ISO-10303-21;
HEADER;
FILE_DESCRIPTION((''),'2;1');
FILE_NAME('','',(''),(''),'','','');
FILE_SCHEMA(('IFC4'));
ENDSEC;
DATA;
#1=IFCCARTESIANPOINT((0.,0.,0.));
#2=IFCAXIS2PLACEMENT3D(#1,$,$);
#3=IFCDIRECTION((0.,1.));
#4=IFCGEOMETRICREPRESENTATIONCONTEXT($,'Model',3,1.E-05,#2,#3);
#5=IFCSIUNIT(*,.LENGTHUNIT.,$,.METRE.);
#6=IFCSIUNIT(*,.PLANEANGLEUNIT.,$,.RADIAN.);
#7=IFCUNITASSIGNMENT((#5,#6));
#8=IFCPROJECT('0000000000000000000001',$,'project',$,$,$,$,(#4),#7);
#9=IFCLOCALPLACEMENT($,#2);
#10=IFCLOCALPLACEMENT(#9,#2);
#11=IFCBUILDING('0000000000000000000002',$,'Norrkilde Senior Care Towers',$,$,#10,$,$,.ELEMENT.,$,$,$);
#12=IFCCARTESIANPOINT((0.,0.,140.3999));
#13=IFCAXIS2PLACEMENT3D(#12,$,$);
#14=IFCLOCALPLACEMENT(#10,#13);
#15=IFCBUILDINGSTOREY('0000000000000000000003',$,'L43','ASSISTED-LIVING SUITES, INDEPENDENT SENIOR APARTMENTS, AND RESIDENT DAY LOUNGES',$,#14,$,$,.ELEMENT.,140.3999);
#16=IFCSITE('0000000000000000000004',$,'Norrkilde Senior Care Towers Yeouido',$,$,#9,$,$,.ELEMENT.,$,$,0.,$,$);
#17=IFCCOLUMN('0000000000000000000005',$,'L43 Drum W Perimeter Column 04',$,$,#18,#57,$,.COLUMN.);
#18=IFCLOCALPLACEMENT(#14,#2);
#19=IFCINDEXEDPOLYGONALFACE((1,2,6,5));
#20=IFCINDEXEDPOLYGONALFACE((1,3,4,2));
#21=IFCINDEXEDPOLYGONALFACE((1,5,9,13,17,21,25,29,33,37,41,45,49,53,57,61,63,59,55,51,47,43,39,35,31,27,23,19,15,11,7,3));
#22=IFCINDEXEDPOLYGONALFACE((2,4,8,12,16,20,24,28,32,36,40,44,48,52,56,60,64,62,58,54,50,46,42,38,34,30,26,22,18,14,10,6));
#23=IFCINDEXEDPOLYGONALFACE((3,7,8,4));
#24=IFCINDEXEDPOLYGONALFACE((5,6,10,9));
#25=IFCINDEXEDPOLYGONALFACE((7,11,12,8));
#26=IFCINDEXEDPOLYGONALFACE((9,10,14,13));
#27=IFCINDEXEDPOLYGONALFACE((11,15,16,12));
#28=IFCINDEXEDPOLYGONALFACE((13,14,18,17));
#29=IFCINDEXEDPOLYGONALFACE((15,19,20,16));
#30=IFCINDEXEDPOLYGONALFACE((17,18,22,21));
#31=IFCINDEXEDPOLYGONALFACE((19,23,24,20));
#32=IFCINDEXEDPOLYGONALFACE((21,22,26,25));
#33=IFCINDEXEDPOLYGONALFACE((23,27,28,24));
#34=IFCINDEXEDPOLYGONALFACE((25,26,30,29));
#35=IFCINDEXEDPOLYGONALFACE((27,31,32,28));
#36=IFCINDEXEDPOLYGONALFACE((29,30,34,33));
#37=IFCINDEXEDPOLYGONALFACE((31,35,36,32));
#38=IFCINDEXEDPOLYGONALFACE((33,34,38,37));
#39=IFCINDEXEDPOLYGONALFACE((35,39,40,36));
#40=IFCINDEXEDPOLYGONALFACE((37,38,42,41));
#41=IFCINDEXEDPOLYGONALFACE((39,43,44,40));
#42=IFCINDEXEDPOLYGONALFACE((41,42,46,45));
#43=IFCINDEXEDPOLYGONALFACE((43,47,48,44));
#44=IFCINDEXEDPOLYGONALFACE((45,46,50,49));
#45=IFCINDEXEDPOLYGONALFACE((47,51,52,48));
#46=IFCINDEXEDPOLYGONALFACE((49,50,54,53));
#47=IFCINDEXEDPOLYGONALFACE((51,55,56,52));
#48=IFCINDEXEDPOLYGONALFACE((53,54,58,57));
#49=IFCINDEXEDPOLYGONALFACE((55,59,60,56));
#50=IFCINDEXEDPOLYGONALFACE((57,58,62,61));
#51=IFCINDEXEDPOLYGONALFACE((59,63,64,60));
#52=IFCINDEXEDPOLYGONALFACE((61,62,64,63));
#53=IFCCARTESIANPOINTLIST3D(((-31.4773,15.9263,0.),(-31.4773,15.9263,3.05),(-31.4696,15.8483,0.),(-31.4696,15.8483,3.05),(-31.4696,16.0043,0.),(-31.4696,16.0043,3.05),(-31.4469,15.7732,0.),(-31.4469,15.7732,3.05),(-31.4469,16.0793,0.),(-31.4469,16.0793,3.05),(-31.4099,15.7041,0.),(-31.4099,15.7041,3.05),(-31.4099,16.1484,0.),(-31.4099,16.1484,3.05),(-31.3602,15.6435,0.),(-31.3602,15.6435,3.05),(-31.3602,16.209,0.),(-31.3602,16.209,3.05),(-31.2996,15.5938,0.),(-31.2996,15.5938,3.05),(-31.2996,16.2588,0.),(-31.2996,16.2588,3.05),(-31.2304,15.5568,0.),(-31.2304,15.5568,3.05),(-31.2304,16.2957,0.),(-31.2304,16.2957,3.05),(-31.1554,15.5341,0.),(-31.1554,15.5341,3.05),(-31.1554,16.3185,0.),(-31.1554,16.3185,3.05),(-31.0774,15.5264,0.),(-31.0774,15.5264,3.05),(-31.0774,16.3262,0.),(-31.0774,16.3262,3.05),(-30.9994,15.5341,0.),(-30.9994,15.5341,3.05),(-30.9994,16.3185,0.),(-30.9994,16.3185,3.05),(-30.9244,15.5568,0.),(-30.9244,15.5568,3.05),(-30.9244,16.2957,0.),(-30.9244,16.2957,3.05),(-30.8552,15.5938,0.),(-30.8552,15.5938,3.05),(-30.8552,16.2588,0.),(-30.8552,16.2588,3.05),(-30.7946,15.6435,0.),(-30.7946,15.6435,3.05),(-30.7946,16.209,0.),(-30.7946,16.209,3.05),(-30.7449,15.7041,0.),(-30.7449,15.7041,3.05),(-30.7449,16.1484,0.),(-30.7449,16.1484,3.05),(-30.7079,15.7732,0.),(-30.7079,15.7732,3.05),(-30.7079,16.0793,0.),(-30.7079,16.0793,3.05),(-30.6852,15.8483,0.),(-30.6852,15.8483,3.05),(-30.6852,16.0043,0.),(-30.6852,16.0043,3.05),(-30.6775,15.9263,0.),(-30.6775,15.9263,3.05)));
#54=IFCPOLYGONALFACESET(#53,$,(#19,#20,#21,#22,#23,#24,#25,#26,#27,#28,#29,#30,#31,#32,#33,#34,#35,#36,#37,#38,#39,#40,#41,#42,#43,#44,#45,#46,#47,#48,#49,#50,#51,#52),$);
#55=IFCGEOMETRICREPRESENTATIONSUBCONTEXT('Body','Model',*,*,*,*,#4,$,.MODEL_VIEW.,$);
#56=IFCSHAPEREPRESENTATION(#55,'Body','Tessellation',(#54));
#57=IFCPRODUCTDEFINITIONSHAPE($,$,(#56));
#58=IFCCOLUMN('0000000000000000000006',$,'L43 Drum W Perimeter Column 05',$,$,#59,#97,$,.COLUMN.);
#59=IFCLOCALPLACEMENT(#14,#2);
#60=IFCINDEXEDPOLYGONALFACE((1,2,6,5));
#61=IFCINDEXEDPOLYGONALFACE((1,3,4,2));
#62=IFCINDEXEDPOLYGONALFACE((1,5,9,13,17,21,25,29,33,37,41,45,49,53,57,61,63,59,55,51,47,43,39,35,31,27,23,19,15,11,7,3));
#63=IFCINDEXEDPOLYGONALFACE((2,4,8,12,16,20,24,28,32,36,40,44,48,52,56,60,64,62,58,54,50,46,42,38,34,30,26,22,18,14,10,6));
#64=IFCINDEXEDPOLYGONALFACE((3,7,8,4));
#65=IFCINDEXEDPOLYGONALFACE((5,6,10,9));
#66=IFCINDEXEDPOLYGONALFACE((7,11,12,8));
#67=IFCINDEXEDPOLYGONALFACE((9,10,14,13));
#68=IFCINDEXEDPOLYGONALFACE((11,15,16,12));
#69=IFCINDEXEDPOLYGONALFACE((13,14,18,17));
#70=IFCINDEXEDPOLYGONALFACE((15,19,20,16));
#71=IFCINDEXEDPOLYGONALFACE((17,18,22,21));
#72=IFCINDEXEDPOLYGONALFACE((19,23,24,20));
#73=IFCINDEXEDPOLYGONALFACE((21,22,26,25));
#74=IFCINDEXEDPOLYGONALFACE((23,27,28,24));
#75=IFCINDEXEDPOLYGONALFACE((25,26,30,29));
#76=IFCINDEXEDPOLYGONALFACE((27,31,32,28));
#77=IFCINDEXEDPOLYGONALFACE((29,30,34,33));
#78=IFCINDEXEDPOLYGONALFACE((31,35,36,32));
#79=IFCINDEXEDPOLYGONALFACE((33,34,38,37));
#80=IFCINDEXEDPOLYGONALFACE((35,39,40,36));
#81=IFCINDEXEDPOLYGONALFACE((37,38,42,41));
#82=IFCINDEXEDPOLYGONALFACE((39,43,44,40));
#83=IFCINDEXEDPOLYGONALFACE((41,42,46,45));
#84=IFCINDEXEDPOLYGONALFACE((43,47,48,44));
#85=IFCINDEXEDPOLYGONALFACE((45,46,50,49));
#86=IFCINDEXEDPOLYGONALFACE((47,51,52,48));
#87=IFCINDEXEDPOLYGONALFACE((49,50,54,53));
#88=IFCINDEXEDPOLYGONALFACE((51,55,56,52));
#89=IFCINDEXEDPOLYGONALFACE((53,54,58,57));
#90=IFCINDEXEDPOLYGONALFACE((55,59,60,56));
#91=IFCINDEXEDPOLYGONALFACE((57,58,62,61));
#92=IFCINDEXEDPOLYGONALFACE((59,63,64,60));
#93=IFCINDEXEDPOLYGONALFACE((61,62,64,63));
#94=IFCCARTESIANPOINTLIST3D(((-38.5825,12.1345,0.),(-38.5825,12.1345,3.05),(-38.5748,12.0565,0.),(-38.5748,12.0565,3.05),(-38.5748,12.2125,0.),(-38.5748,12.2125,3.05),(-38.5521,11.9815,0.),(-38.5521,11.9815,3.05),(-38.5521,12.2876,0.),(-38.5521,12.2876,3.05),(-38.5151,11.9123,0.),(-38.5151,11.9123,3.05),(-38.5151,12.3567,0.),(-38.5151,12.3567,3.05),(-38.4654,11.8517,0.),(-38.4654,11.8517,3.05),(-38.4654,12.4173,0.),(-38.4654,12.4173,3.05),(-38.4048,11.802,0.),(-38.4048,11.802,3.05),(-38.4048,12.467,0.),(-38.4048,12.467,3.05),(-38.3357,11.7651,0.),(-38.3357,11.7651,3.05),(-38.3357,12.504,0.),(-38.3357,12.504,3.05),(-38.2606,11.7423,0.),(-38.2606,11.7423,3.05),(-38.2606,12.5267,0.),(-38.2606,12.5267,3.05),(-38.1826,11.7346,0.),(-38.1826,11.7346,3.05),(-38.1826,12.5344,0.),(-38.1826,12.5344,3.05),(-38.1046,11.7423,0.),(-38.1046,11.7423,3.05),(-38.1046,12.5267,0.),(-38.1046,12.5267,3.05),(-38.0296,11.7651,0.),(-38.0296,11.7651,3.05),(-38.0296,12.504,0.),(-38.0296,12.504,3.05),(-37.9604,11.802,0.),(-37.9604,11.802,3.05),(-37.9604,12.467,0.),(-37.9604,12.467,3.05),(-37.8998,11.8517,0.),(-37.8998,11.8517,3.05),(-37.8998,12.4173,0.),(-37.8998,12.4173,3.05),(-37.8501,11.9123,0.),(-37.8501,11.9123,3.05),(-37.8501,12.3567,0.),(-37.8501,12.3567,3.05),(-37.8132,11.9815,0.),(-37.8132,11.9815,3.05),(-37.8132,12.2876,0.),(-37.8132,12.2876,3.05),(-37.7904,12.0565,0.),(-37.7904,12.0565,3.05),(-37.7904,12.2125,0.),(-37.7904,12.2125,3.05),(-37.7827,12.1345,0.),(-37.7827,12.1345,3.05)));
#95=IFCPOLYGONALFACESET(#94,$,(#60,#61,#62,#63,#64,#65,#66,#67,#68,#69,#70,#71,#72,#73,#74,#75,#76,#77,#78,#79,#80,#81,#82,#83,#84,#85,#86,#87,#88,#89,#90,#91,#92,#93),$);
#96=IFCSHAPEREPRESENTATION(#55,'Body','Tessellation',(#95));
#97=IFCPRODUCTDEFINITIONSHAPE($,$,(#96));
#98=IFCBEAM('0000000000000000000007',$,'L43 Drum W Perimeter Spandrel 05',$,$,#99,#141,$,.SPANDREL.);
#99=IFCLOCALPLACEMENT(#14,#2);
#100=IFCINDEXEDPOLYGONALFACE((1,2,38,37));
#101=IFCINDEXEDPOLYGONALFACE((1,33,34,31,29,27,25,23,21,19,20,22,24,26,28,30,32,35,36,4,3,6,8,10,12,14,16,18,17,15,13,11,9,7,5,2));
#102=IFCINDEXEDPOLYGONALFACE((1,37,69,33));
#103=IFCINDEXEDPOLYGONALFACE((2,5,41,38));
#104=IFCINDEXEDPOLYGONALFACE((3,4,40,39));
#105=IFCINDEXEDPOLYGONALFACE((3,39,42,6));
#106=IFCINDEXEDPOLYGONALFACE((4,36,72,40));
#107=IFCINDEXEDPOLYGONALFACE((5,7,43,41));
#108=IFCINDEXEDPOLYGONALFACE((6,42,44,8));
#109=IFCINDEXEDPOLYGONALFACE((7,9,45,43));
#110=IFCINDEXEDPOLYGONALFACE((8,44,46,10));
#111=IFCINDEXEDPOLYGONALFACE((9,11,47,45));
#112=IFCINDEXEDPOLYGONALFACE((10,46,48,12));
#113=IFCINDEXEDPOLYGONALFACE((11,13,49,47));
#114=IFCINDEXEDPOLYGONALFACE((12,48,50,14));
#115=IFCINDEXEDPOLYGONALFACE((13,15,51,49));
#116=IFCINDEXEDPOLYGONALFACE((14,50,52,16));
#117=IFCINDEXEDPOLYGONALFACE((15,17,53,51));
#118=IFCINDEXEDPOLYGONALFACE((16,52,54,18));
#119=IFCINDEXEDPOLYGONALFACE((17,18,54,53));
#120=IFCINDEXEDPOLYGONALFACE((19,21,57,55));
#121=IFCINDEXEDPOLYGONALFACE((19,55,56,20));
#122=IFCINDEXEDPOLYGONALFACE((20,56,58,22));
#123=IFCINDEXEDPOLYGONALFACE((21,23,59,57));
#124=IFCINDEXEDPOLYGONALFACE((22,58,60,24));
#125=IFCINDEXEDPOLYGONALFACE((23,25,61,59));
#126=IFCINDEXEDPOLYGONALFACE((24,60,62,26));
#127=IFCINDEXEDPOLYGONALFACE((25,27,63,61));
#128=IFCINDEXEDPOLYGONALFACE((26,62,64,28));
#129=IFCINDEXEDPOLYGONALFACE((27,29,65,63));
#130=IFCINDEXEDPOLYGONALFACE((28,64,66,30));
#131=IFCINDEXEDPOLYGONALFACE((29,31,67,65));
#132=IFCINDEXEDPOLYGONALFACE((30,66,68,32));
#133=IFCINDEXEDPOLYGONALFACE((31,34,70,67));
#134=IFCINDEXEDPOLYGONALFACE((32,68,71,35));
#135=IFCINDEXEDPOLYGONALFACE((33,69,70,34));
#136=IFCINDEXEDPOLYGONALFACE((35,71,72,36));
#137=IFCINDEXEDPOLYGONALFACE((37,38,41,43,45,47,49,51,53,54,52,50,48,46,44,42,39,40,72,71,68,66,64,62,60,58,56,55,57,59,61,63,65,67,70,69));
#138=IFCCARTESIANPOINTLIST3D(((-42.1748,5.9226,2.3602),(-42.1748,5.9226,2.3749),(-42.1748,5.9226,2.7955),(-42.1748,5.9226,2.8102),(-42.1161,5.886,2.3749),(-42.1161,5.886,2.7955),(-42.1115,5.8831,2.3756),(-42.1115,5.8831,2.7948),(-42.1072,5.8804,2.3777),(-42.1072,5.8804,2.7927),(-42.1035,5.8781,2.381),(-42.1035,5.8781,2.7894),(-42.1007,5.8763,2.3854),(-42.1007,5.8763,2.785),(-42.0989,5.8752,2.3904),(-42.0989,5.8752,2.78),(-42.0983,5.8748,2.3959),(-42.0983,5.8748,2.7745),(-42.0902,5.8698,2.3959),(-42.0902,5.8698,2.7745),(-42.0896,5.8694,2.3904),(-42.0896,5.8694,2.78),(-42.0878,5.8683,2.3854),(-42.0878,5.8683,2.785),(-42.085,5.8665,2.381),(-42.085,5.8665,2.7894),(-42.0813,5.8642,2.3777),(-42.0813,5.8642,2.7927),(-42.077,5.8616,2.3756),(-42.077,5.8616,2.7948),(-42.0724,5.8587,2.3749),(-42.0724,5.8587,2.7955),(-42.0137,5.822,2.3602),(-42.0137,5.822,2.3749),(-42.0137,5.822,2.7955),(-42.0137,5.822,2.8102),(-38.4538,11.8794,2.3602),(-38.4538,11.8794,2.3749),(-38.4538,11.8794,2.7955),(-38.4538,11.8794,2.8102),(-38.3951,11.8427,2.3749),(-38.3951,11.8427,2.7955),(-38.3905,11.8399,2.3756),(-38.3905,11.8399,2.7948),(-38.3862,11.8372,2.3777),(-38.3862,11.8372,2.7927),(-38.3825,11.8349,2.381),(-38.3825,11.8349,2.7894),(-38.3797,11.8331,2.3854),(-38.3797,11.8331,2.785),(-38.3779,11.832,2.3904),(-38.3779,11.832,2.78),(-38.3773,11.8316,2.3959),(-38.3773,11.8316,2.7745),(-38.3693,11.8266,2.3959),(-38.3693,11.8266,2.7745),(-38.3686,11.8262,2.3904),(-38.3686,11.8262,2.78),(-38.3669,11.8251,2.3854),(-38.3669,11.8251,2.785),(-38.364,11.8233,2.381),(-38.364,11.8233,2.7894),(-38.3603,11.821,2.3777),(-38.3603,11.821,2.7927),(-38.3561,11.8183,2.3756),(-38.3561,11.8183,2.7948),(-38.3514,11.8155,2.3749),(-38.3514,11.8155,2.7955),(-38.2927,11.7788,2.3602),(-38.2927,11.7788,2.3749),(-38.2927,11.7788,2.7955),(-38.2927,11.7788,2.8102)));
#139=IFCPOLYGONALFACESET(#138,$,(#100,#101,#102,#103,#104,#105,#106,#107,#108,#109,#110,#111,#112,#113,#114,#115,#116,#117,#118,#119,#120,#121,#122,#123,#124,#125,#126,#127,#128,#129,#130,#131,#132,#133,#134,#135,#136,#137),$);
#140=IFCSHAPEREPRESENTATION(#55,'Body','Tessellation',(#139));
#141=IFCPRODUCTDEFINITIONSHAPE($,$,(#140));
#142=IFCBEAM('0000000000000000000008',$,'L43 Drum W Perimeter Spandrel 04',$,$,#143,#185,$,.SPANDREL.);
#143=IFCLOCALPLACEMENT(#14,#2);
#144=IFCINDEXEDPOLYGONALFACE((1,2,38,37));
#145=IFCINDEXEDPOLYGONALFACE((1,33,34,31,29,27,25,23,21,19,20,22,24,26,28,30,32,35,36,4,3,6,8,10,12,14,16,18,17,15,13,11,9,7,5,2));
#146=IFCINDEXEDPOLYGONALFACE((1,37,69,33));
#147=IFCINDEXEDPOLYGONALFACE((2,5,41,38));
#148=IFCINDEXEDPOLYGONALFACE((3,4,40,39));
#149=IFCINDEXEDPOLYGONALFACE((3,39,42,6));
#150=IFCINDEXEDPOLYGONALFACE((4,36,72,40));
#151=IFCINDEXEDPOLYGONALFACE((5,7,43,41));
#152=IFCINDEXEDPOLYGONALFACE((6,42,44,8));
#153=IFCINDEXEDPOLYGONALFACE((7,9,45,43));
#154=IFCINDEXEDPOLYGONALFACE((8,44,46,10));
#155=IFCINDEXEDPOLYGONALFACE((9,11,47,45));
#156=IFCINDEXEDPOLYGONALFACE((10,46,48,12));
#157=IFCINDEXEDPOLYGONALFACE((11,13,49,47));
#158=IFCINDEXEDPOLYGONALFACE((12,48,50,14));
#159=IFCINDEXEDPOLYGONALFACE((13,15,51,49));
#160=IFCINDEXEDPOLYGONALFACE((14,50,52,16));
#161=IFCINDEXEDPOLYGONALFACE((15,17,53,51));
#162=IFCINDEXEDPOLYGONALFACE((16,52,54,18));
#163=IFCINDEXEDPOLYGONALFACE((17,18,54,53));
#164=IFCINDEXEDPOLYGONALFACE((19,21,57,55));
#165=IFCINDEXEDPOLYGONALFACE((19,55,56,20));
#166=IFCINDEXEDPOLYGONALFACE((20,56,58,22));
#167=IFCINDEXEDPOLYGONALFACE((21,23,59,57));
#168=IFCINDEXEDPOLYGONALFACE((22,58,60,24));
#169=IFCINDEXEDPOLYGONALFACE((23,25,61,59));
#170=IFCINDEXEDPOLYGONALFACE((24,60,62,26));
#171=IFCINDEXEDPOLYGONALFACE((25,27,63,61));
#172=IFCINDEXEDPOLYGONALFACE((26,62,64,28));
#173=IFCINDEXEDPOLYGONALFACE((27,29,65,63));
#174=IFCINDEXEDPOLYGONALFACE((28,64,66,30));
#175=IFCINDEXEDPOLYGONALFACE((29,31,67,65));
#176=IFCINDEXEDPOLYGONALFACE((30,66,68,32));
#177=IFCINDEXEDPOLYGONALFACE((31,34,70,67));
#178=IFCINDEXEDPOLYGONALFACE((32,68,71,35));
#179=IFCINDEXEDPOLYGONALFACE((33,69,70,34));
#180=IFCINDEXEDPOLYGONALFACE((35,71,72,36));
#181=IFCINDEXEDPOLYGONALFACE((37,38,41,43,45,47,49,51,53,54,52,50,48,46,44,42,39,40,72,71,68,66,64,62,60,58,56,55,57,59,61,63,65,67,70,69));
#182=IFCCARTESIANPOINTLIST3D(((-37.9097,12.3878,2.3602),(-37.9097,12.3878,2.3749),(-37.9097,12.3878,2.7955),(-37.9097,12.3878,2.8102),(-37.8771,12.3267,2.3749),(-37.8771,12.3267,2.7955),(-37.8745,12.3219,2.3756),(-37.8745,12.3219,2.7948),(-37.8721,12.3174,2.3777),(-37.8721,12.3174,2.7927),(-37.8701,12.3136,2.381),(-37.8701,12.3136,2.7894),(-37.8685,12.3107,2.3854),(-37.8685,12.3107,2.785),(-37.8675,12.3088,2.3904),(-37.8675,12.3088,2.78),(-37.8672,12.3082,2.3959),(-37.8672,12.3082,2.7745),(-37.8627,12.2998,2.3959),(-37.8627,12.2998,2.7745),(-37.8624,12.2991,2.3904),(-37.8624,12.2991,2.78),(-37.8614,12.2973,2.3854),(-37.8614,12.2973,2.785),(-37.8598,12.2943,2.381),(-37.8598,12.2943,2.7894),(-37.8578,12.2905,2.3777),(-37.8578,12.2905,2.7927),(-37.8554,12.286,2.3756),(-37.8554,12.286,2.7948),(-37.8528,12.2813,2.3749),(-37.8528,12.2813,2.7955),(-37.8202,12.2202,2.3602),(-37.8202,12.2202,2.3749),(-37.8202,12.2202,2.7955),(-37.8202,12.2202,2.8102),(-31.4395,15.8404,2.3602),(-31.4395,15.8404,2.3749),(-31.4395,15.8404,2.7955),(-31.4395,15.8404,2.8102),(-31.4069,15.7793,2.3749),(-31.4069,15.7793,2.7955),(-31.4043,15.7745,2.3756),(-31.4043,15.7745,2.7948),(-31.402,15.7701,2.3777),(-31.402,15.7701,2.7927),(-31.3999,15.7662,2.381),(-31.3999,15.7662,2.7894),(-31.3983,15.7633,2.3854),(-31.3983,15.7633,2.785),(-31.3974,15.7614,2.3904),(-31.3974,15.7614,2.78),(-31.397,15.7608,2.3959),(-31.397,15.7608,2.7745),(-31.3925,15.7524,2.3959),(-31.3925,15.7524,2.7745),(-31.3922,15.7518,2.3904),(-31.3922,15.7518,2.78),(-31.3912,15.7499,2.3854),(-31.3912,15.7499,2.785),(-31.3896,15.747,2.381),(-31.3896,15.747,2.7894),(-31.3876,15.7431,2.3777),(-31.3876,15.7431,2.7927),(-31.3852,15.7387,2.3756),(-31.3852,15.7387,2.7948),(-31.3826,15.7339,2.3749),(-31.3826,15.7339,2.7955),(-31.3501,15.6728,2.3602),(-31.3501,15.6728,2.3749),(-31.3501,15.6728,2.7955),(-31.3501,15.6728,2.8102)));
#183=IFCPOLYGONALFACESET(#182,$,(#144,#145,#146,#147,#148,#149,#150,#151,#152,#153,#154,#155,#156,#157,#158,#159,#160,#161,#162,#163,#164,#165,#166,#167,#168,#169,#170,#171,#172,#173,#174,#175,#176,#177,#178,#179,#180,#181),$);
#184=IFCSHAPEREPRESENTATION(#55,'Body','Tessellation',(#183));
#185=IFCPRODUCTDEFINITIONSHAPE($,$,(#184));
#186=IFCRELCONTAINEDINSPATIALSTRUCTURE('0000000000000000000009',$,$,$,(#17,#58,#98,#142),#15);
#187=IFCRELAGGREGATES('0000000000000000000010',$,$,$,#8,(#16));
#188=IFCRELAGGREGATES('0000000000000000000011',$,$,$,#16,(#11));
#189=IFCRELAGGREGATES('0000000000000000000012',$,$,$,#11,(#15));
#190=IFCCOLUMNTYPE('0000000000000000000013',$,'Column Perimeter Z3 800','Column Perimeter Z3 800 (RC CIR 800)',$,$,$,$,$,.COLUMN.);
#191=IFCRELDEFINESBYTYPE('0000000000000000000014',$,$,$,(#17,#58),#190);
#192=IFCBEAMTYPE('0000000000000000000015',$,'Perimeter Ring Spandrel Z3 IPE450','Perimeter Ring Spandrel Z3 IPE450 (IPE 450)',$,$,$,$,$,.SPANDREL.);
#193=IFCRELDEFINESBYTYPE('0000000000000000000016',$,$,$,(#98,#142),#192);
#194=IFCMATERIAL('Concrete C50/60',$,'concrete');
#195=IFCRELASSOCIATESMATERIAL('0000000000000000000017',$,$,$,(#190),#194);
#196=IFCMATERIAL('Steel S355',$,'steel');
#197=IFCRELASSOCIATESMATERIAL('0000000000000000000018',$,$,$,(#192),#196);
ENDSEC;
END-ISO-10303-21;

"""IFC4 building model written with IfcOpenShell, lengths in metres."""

from ifc_helpers import new_model, si_unit, direction, frame, origin, origin_2d, place, context, subcontext, project, spatial, circle, i_section, extrude, source, transform, mapped, material, material_profile, profile_set, type_object, type_shapes, element, save


model = new_model("IFC4")

# Units and contexts
model_context = context("Model", 3, precision=1e-05, world=origin(), true_north=direction((0.0, 1.0)))
body_context = subcontext(model_context, "Body", "Model", "MODEL_VIEW")
ifc_project = project(units=[si_unit("LENGTHUNIT", "METRE"), si_unit("PLANEANGLEUNIT", "RADIAN")], contexts=[model_context])

# Site, building, storey
site_placement = place(None, origin())
site = spatial("IfcSite", under=ifc_project, at=site_placement, Name="Norrkilde Senior Care Towers Yeouido", CompositionType="ELEMENT", RefElevation=0.0)
building_placement = place(site_placement, origin())
building = spatial("IfcBuilding", under=site, at=building_placement, Name="Norrkilde Senior Care Towers", CompositionType="ELEMENT")
storey_placement = place(building_placement, frame((0.0, 0.0, 140.3999)))
storey = spatial("IfcBuildingStorey", under=building, at=storey_placement, Name="L43", Description="ASSISTED-LIVING SUITES, INDEPENDENT SENIOR APARTMENTS, AND RESIDENT DAY LOUNGES", CompositionType="ELEMENT", Elevation=140.3999)

# Columns
ifc_material_1 = material(Name="Concrete C50/60", Category="concrete")
ifc_material_profile_1 = material_profile(ifc_material_1, circle(Radius=0.3999, at=origin_2d()), Name="RC CIR 800")
ifc_profile_set_1 = profile_set([ifc_material_profile_1], Name="Concrete C50/60")
column_type = type_object("IfcColumnType", Name="Column Perimeter Z3 800", Description="Column Perimeter Z3 800 (RC CIR 800)", PredefinedType="COLUMN", material=ifc_profile_set_1)
shared_shape_1 = source(origin(), body_context, "Body", "SweptSolid", [
    extrude(circle(Radius=0.3999, at=origin_2d()), origin(), (0.0, 0.0, 1.0), 3.05),
])
type_shapes(column_type, [shared_shape_1])
for number, where, z_axis, x_axis, name in (
    (1, (-31.0774, 15.9263, 0.0), (0.0, 0.0, 1.0), (1.0, 0.0, 0.0), "L43 Drum W Perimeter Column 04"),
    (2, (-38.1826, 12.1345, 0.0), (0.0, 0.0, 1.0), (1.0, 0.0, 0.0), "L43 Drum W Perimeter Column 05"),
):
    element("IfcColumn", number, at=place(storey_placement, frame(where, z_axis=z_axis, x_axis=x_axis)), inside=storey, type_object=column_type, Name=name, PredefinedType="COLUMN", context=body_context, shape_type="MappedRepresentation", body=[
        mapped(shared_shape_1, transform((0.0, 0.0, 0.0), x_axis=(1.0, 0.0, 0.0), y_axis=(0.0, 1.0, 0.0), z_axis=(0.0, 0.0, 1.0), scale=1.0)),
    ])

# Beams
ifc_material_2 = material(Name="Steel S355", Category="steel")
ifc_material_profile_2 = material_profile(ifc_material_2, i_section(OverallWidth=0.1899, OverallDepth=0.45, WebThickness=0.0095, FlangeThickness=0.0146, FilletRadius=0.021, at=origin_2d()), Name="IPE 450")
ifc_profile_set_2 = profile_set([ifc_material_profile_2], Name="Steel S355")
beam_type_1 = type_object("IfcBeamType", Name="Perimeter Ring Spandrel Z3 IPE450", Description="Perimeter Ring Spandrel Z3 IPE450 (IPE 450)", PredefinedType="SPANDREL", material=ifc_profile_set_2)
shared_shape_2 = source(origin(), body_context, "Body", "SweptSolid", [
    extrude(i_section(OverallWidth=0.1899, OverallDepth=0.45, WebThickness=0.0095, FlangeThickness=0.0146, FilletRadius=0.021, at=origin_2d()), origin(), (0.0, 0.0, 1.0), 7.0234),
])
beam_1_placement = place(storey_placement, frame((-38.3733, 11.8291, 2.5852), z_axis=(-0.52979, -0.848129, 0.0), x_axis=(0.848129, -0.52979, 0.0)))
element("IfcBeam", 3, at=beam_1_placement, inside=storey, type_object=beam_type_1, Name="L43 Drum W Perimeter Spandrel 05", PredefinedType="SPANDREL", context=body_context, shape_type="MappedRepresentation", body=[
    mapped(shared_shape_2, transform((0.0, 0.0, 0.0), x_axis=(1.0, 0.0, 0.0), y_axis=(0.0, 1.0, 0.0), z_axis=(0.0, 0.0, 1.0), scale=1.0)),
])
shared_shape_3 = source(origin(), body_context, "Body", "SweptSolid", [
    extrude(i_section(OverallWidth=0.1899, OverallDepth=0.45, WebThickness=0.0095, FlangeThickness=0.0146, FilletRadius=0.021, at=origin_2d()), origin(), (0.0, 0.0, 1.0), 7.3337),
])
type_shapes(beam_type_1, [shared_shape_2, shared_shape_3])
beam_2_placement = place(storey_placement, frame((-31.3948, 15.7566, 2.5852), z_axis=(-0.882248, -0.470785, 0.0), x_axis=(0.470785, -0.882248, 0.0)))
element("IfcBeam", 4, at=beam_2_placement, inside=storey, type_object=beam_type_1, Name="L43 Drum W Perimeter Spandrel 04", PredefinedType="SPANDREL", context=body_context, shape_type="MappedRepresentation", body=[
    mapped(shared_shape_3, transform((0.0, 0.0, 0.0), x_axis=(1.0, 0.0, 0.0), y_axis=(0.0, 1.0, 0.0), z_axis=(0.0, 0.0, 1.0), scale=1.0)),
])

save(model, "model.ifc")
